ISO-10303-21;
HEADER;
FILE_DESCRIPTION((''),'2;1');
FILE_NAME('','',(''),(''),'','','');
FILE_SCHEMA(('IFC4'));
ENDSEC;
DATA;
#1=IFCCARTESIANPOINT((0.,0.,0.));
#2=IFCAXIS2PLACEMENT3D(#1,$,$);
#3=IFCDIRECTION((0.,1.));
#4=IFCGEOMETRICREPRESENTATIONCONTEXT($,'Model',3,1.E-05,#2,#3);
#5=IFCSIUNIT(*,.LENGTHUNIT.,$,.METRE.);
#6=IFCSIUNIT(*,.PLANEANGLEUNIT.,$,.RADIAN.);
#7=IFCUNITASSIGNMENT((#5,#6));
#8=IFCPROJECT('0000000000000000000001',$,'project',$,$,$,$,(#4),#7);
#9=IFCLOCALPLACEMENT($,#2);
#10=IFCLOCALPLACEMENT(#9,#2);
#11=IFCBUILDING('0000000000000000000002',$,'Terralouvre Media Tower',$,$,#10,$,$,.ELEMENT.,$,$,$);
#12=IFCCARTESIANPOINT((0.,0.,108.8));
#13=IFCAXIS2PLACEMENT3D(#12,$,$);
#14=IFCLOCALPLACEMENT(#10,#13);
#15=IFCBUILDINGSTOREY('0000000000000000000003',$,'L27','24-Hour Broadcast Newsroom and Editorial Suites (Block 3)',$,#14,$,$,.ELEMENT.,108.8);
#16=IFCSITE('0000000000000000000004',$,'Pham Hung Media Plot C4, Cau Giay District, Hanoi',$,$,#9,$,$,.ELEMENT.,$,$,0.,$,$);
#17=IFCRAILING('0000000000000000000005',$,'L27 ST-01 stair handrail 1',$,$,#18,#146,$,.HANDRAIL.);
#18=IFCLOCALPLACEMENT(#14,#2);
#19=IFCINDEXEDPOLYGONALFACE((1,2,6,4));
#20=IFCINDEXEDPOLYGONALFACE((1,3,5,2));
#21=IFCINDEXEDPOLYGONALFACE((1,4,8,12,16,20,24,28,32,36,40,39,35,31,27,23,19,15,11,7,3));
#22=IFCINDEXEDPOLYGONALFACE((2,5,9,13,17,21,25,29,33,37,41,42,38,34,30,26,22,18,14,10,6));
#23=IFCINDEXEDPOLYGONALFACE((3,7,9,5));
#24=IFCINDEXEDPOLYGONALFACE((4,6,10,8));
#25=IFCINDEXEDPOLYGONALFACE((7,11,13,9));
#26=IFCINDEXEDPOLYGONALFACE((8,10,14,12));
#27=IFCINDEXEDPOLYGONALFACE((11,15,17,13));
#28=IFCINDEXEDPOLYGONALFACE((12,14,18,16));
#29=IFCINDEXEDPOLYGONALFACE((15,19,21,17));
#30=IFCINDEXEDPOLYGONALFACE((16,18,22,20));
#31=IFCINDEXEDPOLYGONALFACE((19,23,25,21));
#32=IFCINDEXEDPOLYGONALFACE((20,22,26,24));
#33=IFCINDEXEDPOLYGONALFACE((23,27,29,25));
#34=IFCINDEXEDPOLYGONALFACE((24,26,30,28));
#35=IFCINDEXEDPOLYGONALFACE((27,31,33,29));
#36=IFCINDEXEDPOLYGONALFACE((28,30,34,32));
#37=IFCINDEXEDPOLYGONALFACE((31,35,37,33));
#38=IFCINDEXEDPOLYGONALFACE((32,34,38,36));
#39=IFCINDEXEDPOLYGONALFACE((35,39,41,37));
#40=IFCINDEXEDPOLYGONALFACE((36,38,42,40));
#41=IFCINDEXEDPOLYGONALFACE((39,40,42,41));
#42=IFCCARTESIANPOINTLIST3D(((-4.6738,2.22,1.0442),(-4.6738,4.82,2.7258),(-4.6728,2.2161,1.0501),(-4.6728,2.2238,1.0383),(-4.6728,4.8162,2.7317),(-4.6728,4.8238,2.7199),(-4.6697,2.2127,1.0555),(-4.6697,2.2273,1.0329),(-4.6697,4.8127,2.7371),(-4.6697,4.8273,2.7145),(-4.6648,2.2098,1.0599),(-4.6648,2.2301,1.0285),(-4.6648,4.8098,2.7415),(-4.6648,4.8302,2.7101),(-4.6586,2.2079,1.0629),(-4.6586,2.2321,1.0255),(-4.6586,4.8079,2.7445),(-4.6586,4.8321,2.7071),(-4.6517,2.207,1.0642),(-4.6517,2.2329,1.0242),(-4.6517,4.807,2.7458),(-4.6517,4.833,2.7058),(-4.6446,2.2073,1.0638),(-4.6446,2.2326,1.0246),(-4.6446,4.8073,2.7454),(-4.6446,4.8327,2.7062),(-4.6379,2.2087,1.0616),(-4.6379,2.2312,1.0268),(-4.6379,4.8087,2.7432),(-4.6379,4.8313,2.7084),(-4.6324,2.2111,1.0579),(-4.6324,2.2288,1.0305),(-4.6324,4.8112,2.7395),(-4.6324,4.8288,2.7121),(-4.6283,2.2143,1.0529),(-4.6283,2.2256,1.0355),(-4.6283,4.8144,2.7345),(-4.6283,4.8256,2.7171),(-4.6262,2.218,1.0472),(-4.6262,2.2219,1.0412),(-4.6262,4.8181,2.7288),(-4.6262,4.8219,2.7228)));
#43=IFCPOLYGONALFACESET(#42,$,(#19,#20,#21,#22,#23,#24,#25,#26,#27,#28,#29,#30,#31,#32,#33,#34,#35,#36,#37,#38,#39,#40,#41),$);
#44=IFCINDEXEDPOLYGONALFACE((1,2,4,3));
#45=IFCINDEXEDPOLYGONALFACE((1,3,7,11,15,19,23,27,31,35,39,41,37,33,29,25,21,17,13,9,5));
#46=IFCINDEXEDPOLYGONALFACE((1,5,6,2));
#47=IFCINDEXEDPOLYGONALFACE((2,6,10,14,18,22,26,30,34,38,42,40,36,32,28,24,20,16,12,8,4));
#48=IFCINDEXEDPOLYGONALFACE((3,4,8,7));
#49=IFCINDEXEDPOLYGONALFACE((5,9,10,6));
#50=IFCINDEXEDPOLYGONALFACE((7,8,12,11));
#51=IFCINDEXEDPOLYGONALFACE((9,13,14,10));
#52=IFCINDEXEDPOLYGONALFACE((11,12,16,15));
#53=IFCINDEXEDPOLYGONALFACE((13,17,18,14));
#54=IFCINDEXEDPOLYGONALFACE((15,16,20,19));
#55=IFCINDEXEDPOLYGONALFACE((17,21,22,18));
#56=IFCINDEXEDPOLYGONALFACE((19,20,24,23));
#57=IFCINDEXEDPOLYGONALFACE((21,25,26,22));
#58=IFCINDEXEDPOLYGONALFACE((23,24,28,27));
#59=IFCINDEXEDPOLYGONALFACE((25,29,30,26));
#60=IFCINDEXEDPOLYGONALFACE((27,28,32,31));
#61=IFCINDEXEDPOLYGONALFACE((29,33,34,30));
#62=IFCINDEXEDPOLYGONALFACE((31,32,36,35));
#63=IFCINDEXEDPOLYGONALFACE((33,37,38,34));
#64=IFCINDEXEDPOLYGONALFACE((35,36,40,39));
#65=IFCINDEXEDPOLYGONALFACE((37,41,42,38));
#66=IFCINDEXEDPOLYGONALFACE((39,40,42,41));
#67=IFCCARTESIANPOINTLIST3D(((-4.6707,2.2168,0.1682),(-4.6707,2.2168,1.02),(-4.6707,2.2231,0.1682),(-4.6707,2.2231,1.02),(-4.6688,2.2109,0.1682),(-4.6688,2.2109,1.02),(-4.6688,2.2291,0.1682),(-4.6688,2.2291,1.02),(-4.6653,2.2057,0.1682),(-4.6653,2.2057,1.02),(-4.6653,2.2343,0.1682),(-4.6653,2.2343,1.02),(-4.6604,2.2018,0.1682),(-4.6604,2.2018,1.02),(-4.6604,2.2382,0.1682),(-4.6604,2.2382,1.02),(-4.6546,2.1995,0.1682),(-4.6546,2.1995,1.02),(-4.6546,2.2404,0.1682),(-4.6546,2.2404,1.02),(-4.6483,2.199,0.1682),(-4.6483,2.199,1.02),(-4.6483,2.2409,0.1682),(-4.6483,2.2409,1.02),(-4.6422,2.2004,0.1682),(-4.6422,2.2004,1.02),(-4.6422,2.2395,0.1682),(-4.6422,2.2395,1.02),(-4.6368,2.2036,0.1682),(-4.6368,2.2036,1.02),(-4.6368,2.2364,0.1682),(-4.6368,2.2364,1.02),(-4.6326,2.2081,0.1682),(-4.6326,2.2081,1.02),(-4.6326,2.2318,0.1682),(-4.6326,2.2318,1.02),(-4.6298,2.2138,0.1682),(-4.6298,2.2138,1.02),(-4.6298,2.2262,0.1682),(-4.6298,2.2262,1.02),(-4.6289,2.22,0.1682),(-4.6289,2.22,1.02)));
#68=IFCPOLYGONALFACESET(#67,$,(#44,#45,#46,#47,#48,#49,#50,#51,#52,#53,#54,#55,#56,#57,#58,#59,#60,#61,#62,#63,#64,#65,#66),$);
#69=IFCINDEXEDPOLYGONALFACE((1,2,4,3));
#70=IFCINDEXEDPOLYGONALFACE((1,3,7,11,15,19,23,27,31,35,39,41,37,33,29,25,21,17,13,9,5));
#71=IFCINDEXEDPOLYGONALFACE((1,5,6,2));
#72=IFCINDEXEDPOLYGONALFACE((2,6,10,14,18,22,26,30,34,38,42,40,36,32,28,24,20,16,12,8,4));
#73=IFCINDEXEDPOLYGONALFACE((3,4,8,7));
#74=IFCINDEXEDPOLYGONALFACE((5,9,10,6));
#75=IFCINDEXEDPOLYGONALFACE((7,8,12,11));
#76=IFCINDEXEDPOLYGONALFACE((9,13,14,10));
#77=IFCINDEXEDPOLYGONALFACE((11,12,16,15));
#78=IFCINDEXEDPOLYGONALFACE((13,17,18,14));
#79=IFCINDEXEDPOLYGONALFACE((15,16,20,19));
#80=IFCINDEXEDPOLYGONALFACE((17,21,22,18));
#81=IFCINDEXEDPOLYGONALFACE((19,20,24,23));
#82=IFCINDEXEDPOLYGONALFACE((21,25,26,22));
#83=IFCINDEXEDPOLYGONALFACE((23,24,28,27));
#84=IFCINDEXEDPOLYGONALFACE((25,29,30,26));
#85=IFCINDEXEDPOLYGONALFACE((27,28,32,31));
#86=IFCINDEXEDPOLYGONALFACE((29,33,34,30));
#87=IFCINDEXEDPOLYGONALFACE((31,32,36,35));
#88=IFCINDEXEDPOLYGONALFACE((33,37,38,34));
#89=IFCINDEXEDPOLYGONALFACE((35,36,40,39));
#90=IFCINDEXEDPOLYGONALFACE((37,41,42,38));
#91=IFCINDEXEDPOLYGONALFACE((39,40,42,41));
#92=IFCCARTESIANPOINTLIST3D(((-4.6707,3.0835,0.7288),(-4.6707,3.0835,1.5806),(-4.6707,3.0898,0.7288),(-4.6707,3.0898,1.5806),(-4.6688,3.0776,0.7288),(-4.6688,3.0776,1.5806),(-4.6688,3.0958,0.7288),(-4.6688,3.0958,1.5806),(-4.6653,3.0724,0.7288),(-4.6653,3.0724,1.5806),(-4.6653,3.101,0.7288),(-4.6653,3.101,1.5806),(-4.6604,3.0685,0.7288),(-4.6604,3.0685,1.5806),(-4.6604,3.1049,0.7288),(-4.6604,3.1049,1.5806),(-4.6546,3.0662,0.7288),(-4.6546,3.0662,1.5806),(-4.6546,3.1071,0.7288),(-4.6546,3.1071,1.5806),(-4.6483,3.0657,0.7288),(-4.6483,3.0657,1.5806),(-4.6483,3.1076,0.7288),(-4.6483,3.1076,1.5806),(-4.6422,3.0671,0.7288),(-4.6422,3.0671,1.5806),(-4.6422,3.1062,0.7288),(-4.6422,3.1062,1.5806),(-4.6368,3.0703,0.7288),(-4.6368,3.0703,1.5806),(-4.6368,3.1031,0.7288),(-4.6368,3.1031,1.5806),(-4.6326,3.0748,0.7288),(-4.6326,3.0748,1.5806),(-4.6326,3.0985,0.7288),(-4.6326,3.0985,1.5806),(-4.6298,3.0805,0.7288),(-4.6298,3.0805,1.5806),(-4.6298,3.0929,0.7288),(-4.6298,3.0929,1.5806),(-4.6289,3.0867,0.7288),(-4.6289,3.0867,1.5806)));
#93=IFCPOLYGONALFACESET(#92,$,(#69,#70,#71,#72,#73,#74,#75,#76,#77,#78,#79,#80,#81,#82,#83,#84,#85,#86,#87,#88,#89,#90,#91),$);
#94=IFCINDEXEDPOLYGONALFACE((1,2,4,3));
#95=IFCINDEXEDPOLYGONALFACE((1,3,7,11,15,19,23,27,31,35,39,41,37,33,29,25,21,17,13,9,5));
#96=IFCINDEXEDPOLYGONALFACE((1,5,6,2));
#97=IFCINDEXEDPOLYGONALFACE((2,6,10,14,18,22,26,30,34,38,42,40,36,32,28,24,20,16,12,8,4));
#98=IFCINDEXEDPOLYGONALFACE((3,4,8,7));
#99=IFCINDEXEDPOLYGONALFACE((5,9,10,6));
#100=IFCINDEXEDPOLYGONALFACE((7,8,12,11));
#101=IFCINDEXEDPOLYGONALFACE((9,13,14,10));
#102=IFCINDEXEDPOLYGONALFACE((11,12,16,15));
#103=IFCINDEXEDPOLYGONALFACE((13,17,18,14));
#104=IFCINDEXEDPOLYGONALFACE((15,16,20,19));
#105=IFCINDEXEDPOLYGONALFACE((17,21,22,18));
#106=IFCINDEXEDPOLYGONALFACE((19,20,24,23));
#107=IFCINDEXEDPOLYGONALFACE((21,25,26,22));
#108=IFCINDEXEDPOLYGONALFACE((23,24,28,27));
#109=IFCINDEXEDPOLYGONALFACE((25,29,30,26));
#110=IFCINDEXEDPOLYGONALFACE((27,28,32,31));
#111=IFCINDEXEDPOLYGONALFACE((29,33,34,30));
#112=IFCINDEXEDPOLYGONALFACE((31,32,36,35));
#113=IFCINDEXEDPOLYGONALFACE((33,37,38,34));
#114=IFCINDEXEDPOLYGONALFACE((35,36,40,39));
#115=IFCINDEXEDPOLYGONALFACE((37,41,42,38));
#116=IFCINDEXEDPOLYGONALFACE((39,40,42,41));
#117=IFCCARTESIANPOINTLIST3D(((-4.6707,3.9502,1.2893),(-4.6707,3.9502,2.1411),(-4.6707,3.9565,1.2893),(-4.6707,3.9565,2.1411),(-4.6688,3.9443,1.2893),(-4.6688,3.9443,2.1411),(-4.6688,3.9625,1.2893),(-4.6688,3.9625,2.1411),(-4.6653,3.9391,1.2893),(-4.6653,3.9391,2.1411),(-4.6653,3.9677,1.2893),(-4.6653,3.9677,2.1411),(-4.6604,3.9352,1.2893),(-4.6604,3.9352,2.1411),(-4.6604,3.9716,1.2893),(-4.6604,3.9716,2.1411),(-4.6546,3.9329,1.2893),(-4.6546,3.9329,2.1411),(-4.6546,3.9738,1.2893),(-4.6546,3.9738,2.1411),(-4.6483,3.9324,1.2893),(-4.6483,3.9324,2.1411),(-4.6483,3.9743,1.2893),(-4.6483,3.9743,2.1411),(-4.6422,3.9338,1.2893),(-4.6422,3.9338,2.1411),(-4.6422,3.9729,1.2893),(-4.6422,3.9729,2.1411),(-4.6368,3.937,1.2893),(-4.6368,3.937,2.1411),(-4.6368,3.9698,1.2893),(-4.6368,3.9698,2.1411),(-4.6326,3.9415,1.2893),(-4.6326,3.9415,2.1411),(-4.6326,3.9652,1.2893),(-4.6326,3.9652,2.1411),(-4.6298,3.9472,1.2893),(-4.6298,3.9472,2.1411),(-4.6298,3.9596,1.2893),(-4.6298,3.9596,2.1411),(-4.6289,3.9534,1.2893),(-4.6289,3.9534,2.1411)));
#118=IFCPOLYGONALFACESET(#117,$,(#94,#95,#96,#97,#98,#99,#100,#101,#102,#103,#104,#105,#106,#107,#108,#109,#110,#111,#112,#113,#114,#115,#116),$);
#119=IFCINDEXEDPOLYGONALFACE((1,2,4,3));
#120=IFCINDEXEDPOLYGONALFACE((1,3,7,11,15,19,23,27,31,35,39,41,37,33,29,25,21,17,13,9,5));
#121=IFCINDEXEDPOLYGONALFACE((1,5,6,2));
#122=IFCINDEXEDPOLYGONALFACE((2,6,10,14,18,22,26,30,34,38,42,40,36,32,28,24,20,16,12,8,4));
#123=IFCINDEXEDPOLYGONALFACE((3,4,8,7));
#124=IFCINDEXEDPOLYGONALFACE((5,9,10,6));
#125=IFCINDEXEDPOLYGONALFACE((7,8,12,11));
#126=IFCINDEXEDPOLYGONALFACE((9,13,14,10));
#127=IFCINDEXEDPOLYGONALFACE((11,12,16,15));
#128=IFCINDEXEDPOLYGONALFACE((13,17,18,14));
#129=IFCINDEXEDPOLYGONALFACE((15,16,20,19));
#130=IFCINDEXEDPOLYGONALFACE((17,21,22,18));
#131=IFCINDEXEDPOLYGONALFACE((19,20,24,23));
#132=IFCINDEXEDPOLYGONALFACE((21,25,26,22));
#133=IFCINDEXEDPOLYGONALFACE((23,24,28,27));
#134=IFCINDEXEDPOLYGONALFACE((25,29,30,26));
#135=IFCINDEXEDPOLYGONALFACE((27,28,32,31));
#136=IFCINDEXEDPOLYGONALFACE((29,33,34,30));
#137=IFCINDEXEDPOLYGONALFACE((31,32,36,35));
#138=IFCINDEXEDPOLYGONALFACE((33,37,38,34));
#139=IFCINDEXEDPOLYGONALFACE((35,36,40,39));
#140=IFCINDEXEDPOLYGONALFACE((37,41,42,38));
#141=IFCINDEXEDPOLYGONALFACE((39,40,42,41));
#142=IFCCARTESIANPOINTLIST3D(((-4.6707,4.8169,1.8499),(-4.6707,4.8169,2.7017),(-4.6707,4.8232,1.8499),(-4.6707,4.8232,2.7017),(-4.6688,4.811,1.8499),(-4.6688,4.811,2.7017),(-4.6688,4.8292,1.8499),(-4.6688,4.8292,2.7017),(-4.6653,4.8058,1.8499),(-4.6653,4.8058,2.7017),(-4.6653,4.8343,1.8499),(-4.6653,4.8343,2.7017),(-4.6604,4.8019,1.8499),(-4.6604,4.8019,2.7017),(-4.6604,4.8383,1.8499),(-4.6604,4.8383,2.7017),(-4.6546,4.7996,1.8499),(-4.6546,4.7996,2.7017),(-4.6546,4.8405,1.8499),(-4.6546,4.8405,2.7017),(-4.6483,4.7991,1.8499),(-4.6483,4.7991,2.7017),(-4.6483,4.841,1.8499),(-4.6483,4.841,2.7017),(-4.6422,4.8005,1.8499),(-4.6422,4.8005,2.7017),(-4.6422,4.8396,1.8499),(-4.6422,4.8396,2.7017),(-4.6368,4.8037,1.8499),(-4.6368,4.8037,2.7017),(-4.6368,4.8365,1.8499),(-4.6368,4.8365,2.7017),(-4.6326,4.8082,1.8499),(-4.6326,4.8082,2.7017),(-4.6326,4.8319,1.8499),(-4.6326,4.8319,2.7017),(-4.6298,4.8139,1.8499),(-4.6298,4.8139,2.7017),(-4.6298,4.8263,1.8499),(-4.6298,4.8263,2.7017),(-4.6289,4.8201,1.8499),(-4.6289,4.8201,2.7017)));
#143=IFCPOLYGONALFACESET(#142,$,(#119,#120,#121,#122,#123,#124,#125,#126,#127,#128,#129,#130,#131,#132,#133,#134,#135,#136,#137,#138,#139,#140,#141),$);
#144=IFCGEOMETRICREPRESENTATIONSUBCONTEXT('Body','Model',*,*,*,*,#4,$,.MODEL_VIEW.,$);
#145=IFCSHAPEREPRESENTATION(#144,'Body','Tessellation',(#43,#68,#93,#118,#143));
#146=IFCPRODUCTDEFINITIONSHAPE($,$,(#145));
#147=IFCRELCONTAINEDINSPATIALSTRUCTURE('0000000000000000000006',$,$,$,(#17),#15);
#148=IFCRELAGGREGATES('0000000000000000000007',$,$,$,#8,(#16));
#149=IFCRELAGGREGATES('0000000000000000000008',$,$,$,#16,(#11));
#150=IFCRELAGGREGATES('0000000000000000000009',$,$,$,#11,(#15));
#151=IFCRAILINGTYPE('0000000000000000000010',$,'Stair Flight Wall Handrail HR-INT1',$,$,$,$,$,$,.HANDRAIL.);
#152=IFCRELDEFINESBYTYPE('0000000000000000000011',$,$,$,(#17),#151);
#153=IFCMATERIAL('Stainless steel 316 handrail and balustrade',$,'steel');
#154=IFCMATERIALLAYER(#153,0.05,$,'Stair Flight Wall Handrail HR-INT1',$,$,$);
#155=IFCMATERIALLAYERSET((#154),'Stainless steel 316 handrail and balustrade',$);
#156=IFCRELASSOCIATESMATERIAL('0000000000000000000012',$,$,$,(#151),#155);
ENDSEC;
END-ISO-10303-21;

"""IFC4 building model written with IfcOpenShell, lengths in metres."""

from ifc_helpers import new_model, si_unit, direction, frame, origin, origin_2d, place, context, subcontext, project, spatial, circle, extrude, material, layer, layer_set, type_object, element, save


model = new_model("IFC4")

# Units and contexts
model_context = context("Model", 3, precision=1e-05, world=origin(), true_north=direction((0.0, 1.0)))
body_context = subcontext(model_context, "Body", "Model", "MODEL_VIEW")
ifc_project = project(units=[si_unit("LENGTHUNIT", "METRE"), si_unit("PLANEANGLEUNIT", "RADIAN")], contexts=[model_context])

# Site, building, storey
site_placement = place(None, origin())
site = spatial("IfcSite", under=ifc_project, at=site_placement, Name="Pham Hung Media Plot C4, Cau Giay District, Hanoi", CompositionType="ELEMENT", RefElevation=0.0)
building_placement = place(site_placement, origin())
building = spatial("IfcBuilding", under=site, at=building_placement, Name="Terralouvre Media Tower", CompositionType="ELEMENT")
storey_placement = place(building_placement, frame((0.0, 0.0, 108.8)))
storey = spatial("IfcBuildingStorey", under=building, at=storey_placement, Name="L27", Description="24-Hour Broadcast Newsroom and Editorial Suites (Block 3)", CompositionType="ELEMENT", Elevation=108.8)

# Railing
ifc_material_1 = material(Name="Stainless steel 316 handrail and balustrade", Category="steel")
ifc_layer_1 = layer(ifc_material_1, 0.05, Name="Stair Flight Wall Handrail HR-INT1")
ifc_layer_set_1 = layer_set([ifc_layer_1], Name="Stainless steel 316 handrail and balustrade")
railing_type_1 = type_object("IfcRailingType", Name="Stair Flight Wall Handrail HR-INT1", PredefinedType="HANDRAIL", material=ifc_layer_set_1)
railing_1_placement = place(storey_placement, frame((-4.6499, 2.22, 0.1682)))
element("IfcRailing", 1, at=railing_1_placement, inside=storey, type_object=railing_type_1, Name="L27 ST-01 stair handrail 1", PredefinedType="HANDRAIL", context=body_context, shape_type="SweptSolid", body=[
    extrude(circle(Radius=0.0239, at=origin_2d()), frame((0.0, 0.0, 0.876), z_axis=(0.0, 0.839684, 0.543075), x_axis=(-1.0, 0.0, 0.0)), (0.0, 0.0, 1.0), 3.0964),
    extrude(circle(Radius=0.021, at=origin_2d()), origin(), (0.0, 0.0, 1.0), 0.8518),
    extrude(circle(Radius=0.021, at=origin_2d()), frame((0.0, 0.8667, 0.5605)), (0.0, 0.0, 1.0), 0.8518),
    extrude(circle(Radius=0.021, at=origin_2d()), frame((0.0, 1.7334, 1.1211)), (0.0, 0.0, 1.0), 0.8518),
    extrude(circle(Radius=0.021, at=origin_2d()), frame((0.0, 2.6001, 1.6816)), (0.0, 0.0, 1.0), 0.8518),
])

save(model, "model.ifc")
